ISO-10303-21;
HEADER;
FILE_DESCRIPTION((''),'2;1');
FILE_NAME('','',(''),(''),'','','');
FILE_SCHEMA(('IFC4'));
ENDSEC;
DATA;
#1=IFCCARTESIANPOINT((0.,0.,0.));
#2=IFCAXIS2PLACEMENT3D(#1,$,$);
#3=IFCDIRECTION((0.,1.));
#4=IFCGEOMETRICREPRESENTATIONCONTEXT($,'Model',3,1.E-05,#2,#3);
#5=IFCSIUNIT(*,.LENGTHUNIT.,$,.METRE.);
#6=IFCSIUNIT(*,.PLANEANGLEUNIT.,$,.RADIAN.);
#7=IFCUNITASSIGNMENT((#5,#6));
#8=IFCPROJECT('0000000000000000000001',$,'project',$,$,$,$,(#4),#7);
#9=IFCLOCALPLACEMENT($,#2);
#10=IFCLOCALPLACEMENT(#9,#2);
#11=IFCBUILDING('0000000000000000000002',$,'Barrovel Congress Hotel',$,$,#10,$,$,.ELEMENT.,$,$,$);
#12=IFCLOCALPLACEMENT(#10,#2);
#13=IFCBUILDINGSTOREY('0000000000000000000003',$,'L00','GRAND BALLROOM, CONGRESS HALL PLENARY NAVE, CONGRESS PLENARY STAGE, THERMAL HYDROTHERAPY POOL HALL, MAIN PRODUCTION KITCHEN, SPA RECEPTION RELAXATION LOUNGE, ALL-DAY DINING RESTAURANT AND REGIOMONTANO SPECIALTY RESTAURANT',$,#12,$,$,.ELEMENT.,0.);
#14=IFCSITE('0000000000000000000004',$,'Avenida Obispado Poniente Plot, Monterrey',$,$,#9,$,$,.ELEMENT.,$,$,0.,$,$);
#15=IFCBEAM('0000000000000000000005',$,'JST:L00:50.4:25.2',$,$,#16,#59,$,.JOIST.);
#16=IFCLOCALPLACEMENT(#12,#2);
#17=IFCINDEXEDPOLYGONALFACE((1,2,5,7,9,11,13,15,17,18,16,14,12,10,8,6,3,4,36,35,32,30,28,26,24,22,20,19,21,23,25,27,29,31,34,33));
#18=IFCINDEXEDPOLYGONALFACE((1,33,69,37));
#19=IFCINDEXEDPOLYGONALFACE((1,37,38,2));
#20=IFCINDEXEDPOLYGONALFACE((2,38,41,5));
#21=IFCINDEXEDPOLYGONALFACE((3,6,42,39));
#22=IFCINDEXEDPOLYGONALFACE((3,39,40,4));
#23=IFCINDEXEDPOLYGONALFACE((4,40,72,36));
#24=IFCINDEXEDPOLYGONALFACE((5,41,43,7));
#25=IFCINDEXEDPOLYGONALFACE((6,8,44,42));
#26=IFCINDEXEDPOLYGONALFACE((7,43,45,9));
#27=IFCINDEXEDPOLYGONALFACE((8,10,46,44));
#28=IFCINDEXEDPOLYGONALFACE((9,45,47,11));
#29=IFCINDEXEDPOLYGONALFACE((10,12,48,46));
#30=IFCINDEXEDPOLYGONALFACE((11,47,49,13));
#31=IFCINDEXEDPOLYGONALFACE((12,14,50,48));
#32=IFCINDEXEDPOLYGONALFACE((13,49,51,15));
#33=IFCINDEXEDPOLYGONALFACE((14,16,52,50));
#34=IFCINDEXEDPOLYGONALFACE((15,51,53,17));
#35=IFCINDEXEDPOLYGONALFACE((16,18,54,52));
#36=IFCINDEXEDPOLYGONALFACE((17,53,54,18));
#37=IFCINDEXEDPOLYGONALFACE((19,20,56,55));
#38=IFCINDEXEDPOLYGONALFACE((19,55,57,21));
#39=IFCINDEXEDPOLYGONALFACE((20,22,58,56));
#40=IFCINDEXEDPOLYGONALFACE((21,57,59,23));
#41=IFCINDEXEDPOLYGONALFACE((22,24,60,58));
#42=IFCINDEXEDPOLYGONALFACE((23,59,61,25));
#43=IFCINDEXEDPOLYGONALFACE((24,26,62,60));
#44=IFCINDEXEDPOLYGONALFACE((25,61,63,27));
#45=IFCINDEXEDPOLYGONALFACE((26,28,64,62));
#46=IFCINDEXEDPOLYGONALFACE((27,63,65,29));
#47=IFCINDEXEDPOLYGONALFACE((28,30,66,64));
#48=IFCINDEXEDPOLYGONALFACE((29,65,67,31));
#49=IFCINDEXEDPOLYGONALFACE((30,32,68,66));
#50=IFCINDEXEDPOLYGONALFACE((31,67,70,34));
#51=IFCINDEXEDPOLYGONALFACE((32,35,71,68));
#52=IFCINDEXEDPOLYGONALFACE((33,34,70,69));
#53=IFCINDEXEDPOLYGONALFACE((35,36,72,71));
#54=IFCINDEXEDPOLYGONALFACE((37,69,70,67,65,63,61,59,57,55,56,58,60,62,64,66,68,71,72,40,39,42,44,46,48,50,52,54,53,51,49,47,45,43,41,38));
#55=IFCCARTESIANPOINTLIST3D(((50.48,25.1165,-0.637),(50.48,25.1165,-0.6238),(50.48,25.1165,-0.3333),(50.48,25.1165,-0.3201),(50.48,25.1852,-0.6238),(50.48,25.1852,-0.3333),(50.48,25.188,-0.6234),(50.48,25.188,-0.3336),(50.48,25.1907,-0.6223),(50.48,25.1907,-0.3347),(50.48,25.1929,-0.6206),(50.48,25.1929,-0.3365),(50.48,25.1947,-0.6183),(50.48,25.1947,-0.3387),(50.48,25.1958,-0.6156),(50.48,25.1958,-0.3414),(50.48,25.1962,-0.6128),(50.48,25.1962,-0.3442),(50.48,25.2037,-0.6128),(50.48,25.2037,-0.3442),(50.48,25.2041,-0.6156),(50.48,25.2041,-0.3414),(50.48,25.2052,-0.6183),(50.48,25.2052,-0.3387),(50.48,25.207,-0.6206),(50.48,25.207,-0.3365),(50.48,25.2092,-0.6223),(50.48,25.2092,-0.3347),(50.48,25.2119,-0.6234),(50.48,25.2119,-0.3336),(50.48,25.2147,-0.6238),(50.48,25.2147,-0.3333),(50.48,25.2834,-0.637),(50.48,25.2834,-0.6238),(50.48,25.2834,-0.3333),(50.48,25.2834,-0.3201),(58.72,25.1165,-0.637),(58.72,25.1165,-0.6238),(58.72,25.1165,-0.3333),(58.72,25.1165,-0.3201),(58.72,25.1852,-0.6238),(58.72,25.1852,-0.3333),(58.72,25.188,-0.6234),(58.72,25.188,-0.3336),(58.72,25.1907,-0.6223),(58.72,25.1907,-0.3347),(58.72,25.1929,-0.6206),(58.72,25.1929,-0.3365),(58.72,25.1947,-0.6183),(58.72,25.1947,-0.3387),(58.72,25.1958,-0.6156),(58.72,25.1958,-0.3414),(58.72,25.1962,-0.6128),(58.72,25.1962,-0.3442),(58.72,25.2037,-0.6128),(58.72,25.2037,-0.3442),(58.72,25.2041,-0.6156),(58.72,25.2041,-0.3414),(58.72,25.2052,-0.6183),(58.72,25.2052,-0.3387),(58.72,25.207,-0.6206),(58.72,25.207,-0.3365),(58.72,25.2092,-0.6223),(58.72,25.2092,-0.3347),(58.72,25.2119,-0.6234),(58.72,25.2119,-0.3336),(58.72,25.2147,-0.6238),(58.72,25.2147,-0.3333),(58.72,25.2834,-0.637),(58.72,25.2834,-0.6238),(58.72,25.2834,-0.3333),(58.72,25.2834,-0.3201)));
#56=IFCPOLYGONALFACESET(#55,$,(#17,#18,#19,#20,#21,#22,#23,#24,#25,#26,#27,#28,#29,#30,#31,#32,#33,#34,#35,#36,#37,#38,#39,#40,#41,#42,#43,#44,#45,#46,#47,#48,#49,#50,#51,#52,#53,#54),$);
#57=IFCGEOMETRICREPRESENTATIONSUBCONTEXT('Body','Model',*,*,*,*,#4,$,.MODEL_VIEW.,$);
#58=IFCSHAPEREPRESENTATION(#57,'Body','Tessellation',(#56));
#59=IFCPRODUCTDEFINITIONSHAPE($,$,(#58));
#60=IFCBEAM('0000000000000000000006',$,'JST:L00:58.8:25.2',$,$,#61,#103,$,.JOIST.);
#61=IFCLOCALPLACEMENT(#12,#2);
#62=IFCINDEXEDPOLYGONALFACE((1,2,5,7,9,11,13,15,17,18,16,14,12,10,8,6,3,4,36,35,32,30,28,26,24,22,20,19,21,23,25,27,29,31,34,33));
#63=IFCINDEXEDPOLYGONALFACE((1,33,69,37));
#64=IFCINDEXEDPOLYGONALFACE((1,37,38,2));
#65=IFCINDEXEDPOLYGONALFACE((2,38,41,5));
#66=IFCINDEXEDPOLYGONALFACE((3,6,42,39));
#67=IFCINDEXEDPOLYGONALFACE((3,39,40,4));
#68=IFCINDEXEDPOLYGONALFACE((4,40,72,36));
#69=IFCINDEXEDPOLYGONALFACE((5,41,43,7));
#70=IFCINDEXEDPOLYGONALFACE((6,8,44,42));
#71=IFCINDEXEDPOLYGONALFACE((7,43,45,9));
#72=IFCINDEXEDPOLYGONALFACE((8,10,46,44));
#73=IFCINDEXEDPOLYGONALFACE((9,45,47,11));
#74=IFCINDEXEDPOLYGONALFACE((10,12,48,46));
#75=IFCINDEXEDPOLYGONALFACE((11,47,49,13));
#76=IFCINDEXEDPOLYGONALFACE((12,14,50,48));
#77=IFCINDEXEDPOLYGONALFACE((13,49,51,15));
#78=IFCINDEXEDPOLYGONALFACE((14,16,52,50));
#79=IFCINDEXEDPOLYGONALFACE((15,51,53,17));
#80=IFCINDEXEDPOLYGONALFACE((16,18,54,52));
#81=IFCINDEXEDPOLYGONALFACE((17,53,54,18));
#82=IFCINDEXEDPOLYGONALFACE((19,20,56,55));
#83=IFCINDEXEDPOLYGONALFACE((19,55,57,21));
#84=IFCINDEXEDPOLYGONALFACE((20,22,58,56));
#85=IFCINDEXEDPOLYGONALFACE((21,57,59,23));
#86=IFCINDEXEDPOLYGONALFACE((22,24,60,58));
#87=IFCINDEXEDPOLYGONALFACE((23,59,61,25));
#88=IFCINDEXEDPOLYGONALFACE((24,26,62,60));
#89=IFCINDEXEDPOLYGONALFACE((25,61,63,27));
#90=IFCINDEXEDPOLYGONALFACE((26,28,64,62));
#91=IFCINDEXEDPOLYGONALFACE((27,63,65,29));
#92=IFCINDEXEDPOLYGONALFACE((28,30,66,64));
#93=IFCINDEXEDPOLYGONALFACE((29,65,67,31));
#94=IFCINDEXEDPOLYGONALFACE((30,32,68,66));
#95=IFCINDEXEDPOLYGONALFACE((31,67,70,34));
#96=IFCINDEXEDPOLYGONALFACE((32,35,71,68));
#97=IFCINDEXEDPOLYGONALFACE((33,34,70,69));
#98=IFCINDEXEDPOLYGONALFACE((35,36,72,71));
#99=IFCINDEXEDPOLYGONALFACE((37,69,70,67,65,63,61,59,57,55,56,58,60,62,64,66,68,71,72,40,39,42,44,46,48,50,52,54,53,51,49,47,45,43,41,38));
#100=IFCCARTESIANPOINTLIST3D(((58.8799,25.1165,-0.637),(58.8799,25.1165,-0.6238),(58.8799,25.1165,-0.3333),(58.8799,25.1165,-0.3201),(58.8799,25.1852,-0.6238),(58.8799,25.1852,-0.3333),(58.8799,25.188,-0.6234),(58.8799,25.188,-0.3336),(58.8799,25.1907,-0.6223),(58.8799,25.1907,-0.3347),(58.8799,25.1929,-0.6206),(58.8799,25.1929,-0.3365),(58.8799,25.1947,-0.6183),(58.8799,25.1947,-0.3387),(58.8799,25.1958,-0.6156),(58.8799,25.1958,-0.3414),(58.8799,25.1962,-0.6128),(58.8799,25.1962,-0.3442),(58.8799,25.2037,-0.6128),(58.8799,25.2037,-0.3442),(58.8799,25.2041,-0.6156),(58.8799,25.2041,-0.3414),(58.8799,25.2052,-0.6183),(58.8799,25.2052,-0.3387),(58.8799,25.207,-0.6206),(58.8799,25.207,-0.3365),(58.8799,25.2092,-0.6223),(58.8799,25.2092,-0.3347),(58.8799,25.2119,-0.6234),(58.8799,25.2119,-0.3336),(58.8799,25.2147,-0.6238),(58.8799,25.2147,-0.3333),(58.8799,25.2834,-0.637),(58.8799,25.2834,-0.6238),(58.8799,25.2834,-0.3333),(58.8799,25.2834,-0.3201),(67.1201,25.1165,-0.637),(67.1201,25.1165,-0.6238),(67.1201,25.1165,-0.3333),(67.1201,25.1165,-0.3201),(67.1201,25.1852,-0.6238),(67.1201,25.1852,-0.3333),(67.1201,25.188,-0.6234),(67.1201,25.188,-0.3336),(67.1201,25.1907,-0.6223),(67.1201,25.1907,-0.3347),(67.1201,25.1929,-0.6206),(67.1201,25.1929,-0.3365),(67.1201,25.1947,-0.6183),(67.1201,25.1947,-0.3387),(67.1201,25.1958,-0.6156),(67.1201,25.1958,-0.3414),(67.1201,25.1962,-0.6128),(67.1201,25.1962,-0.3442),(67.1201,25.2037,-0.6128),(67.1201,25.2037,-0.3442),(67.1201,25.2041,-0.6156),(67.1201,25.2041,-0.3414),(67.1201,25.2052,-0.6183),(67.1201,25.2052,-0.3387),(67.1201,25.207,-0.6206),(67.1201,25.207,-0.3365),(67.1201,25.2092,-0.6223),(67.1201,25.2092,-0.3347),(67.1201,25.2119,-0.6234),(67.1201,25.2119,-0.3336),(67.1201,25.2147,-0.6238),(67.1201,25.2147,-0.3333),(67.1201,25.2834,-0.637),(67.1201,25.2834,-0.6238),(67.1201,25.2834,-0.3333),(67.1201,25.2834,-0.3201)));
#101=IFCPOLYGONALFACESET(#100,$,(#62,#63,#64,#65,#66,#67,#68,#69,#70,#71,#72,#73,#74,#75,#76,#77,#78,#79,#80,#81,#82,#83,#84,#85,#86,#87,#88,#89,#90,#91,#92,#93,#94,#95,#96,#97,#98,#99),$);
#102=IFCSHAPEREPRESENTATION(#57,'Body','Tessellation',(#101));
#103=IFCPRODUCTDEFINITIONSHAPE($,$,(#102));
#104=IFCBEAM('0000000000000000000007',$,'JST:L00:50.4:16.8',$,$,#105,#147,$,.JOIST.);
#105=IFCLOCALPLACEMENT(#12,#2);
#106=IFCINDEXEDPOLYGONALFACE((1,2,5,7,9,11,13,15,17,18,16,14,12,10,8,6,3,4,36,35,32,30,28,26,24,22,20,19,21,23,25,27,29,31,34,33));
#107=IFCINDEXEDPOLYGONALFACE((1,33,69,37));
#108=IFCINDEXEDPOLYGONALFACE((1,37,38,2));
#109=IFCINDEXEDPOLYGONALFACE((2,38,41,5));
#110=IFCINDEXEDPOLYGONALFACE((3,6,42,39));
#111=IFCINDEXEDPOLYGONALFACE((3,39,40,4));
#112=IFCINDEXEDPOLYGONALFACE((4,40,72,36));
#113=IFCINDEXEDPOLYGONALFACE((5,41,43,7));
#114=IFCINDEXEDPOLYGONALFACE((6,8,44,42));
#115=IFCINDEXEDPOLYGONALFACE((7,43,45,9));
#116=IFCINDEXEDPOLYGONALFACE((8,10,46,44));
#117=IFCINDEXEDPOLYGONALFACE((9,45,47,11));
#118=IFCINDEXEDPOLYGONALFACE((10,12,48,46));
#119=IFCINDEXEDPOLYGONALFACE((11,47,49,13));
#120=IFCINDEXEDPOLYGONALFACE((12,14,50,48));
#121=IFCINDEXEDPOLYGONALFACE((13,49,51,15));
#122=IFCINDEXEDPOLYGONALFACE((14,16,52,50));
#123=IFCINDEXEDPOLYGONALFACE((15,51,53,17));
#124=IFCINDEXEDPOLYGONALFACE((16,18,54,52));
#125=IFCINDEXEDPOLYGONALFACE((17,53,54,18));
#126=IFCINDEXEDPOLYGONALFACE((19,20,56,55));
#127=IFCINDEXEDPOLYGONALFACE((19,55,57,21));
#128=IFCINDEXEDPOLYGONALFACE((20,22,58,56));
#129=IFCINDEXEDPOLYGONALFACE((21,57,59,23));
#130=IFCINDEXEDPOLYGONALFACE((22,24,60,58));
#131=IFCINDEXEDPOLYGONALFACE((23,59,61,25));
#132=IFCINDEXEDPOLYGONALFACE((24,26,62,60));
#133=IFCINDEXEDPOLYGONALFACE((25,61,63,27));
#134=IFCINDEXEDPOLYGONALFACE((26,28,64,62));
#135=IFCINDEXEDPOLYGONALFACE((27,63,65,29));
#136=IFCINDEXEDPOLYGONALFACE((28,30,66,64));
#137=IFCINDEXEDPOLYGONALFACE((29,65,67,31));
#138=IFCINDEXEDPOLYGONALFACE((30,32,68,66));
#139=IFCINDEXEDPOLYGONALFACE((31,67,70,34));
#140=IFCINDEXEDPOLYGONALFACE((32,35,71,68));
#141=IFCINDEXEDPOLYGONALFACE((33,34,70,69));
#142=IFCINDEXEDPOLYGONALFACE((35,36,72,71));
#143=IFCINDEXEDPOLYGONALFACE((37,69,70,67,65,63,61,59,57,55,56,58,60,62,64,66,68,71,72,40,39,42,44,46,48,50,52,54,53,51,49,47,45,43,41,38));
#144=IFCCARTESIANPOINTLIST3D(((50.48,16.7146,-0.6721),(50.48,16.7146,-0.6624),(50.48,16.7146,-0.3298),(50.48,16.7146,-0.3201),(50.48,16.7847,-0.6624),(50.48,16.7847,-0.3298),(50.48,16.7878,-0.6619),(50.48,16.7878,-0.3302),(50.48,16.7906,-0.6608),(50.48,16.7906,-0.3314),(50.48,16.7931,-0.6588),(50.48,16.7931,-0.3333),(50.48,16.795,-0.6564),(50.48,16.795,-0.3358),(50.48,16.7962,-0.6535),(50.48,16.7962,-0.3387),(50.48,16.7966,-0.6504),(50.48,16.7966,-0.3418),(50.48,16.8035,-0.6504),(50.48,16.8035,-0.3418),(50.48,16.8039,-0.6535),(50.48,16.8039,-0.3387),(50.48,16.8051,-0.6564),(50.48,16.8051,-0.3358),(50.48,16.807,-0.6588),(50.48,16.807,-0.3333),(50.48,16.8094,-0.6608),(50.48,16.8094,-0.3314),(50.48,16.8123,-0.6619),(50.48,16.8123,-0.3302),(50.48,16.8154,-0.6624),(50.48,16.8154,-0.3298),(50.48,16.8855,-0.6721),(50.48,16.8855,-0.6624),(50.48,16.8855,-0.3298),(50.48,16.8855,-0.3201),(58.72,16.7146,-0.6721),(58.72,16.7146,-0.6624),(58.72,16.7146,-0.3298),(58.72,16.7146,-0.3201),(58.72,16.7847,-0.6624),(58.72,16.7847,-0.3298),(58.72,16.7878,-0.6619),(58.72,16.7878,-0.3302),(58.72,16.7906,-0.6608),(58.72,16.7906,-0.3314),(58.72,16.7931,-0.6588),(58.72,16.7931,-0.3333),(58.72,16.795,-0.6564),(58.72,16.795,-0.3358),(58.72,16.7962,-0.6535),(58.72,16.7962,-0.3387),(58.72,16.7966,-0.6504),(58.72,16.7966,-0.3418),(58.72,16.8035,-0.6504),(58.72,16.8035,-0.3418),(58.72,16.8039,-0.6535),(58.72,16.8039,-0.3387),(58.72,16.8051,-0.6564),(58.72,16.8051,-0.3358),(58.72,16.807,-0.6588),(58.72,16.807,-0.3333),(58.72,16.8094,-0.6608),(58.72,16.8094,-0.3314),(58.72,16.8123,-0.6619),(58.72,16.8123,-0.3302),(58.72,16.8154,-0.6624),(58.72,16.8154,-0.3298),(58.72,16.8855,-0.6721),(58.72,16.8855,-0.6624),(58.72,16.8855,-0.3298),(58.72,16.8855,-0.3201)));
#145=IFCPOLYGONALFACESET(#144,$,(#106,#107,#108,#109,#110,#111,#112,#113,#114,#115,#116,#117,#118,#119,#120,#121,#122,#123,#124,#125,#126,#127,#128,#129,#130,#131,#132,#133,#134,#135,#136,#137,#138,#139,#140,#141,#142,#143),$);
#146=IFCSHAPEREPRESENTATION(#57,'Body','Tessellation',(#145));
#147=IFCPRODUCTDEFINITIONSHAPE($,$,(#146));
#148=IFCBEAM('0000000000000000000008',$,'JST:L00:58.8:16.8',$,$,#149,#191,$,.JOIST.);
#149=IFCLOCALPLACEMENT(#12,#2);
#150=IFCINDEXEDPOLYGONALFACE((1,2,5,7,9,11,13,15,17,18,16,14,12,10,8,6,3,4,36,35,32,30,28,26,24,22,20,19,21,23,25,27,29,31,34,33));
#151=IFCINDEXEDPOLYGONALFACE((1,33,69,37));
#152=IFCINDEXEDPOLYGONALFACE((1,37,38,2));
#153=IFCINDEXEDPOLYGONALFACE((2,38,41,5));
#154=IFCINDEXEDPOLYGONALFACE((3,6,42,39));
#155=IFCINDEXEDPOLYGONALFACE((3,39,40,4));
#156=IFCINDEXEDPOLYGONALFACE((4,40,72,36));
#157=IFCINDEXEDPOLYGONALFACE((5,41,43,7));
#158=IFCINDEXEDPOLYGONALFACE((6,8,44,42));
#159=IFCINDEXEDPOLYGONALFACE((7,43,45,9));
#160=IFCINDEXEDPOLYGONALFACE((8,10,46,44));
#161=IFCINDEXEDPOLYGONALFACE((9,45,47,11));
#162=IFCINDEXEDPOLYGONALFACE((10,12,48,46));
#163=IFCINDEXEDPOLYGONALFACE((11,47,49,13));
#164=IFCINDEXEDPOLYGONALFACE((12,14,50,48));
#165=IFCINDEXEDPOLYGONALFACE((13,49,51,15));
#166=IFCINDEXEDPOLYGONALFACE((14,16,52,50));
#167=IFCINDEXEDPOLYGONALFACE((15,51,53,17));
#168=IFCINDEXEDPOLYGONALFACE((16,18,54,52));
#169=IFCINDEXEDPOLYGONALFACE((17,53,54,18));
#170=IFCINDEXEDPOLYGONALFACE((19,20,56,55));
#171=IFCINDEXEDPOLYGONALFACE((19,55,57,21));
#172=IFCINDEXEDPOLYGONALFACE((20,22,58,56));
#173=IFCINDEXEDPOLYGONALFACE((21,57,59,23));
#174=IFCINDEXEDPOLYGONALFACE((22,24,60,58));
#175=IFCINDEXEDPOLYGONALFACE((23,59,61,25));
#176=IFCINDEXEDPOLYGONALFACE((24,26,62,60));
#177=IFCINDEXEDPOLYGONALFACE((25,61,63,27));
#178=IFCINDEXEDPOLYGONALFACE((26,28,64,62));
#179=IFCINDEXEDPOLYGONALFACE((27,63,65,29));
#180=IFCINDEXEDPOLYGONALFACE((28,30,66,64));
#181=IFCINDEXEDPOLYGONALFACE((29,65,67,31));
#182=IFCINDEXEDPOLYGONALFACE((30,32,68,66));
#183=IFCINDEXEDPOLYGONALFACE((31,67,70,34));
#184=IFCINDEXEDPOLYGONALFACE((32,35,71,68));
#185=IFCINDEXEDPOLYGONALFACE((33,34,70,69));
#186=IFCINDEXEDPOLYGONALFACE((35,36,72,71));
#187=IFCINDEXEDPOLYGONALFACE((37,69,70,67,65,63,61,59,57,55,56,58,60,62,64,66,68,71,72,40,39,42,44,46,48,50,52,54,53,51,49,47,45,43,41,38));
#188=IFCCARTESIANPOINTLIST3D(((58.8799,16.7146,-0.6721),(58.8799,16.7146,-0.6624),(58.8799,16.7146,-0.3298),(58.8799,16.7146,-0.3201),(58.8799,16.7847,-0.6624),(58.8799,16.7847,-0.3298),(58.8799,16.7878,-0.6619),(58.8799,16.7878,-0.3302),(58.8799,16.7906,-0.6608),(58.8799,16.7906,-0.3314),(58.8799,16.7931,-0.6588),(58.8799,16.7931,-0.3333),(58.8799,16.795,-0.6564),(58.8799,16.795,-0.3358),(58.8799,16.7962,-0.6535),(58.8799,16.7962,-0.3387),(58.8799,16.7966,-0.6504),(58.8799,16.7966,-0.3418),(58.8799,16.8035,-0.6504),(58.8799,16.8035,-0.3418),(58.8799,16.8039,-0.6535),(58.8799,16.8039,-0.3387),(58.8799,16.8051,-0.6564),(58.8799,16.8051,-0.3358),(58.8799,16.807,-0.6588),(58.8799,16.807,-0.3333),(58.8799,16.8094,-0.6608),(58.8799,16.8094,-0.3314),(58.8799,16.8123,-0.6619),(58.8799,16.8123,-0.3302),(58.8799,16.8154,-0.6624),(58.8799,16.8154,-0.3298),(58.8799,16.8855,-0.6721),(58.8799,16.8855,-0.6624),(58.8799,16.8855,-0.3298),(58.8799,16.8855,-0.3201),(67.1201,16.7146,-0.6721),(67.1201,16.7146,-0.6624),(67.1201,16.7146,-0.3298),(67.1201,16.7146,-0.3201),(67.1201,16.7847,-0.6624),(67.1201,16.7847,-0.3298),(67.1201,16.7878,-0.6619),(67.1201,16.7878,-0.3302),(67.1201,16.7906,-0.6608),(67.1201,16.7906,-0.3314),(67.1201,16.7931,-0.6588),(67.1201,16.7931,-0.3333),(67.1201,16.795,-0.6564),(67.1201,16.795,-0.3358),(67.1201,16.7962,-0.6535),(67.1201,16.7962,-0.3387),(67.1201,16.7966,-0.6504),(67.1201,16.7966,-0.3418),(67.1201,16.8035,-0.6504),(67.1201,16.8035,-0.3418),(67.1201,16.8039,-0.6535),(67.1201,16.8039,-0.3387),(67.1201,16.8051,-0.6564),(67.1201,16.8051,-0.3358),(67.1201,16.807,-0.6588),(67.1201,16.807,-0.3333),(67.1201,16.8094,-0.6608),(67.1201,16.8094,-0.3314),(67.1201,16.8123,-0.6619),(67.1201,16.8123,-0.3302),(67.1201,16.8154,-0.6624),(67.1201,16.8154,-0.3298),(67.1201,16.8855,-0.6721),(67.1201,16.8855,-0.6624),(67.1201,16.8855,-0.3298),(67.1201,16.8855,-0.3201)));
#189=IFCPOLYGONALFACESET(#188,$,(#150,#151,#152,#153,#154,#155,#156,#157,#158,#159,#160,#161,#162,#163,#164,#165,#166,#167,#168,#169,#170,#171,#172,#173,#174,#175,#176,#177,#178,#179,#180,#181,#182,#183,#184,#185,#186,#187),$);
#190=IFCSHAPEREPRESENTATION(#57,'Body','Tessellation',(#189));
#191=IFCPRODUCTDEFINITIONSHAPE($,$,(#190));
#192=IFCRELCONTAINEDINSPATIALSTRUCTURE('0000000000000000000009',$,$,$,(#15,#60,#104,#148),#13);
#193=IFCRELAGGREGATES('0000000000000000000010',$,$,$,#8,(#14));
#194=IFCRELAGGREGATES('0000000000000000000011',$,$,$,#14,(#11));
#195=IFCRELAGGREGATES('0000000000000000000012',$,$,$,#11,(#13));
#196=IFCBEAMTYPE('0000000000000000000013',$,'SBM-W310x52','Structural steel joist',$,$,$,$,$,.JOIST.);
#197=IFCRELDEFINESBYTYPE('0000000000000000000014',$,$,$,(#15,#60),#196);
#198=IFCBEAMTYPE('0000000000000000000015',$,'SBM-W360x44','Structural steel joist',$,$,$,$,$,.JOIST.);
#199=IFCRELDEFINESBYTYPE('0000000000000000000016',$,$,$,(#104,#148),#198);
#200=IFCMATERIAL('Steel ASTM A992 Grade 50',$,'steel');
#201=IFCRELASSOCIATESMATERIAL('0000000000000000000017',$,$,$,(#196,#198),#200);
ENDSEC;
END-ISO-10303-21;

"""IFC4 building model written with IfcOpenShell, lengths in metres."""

from ifc_helpers import new_model, si_unit, direction, frame, origin, origin_2d, place, context, subcontext, project, spatial, i_section, extrude, material, material_profile, profile_set, type_object, element, save


model = new_model("IFC4")

# Units and contexts
model_context = context("Model", 3, precision=1e-05, world=origin(), true_north=direction((0.0, 1.0)))
body_context = subcontext(model_context, "Body", "Model", "MODEL_VIEW")
ifc_project = project(units=[si_unit("LENGTHUNIT", "METRE"), si_unit("PLANEANGLEUNIT", "RADIAN")], contexts=[model_context])

# Site, building, storey
site_placement = place(None, origin())
site = spatial("IfcSite", under=ifc_project, at=site_placement, Name="Avenida Obispado Poniente Plot, Monterrey", CompositionType="ELEMENT", RefElevation=0.0)
building_placement = place(site_placement, origin())
building = spatial("IfcBuilding", under=site, at=building_placement, Name="Barrovel Congress Hotel", CompositionType="ELEMENT")
storey_placement = place(building_placement, origin())
storey = spatial("IfcBuildingStorey", under=building, at=storey_placement, Name="L00", Description="GRAND BALLROOM, CONGRESS HALL PLENARY NAVE, CONGRESS PLENARY STAGE, THERMAL HYDROTHERAPY POOL HALL, MAIN PRODUCTION KITCHEN, SPA RECEPTION RELAXATION LOUNGE, ALL-DAY DINING RESTAURANT AND REGIOMONTANO SPECIALTY RESTAURANT", CompositionType="ELEMENT", Elevation=0.0)

# Beams
ifc_material_1 = material(Name="Steel ASTM A992 Grade 50", Category="steel")
ifc_material_profile_1 = material_profile(ifc_material_1, i_section(OverallWidth=0.167, OverallDepth=0.3169, WebThickness=0.0076, FlangeThickness=0.0132, FilletRadius=0.011, at=origin_2d()), Name="W310x52")
ifc_profile_set_1 = profile_set([ifc_material_profile_1], Name="Steel ASTM A992 Grade 50")
beam_type_1 = type_object("IfcBeamType", Name="SBM-W310x52", Description="Structural steel joist", PredefinedType="JOIST", material=ifc_profile_set_1)
beam_1_placement = place(storey_placement, frame((50.48, 25.2, -0.4785), z_axis=(1.0, 0.0, 0.0), x_axis=(0.0, 1.0, 0.0)))
element("IfcBeam", 1, at=beam_1_placement, inside=storey, type_object=beam_type_1, Name="JST:L00:50.4:25.2", PredefinedType="JOIST", context=body_context, shape_type="SweptSolid", body=[
    extrude(i_section(OverallWidth=0.167, OverallDepth=0.3169, WebThickness=0.0076, FlangeThickness=0.0132, FilletRadius=0.011, at=origin_2d()), origin(), (0.0, 0.0, 1.0), 8.24),
])
beam_2_placement = place(storey_placement, frame((58.8799, 25.2, -0.4785), z_axis=(1.0, 0.0, 0.0), x_axis=(0.0, 1.0, 0.0)))
element("IfcBeam", 2, at=beam_2_placement, inside=storey, type_object=beam_type_1, Name="JST:L00:58.8:25.2", PredefinedType="JOIST", context=body_context, shape_type="SweptSolid", body=[
    extrude(i_section(OverallWidth=0.167, OverallDepth=0.3169, WebThickness=0.0076, FlangeThickness=0.0132, FilletRadius=0.011, at=origin_2d()), origin(), (0.0, 0.0, 1.0), 8.2402),
])
ifc_material_profile_2 = material_profile(ifc_material_1, i_section(OverallWidth=0.1709, OverallDepth=0.3521, WebThickness=0.0068, FlangeThickness=0.0098, FilletRadius=0.012, at=origin_2d()), Name="W360x44")
ifc_profile_set_2 = profile_set([ifc_material_profile_2], Name="Steel ASTM A992 Grade 50")
beam_type_2 = type_object("IfcBeamType", Name="SBM-W360x44", Description="Structural steel joist", PredefinedType="JOIST", material=ifc_profile_set_2)
beam_3_placement = place(storey_placement, frame((50.48, 16.8, -0.4961), z_axis=(1.0, 0.0, 0.0), x_axis=(0.0, 1.0, 0.0)))
element("IfcBeam", 3, at=beam_3_placement, inside=storey, type_object=beam_type_2, Name="JST:L00:50.4:16.8", PredefinedType="JOIST", context=body_context, shape_type="SweptSolid", body=[
    extrude(i_section(OverallWidth=0.1709, OverallDepth=0.3521, WebThickness=0.0068, FlangeThickness=0.0098, FilletRadius=0.012, at=origin_2d()), origin(), (0.0, 0.0, 1.0), 8.24),
])
beam_4_placement = place(storey_placement, frame((58.8799, 16.8, -0.4961), z_axis=(1.0, 0.0, 0.0), x_axis=(0.0, 1.0, 0.0)))
element("IfcBeam", 4, at=beam_4_placement, inside=storey, type_object=beam_type_2, Name="JST:L00:58.8:16.8", PredefinedType="JOIST", context=body_context, shape_type="SweptSolid", body=[
    extrude(i_section(OverallWidth=0.1709, OverallDepth=0.3521, WebThickness=0.0068, FlangeThickness=0.0098, FilletRadius=0.012, at=origin_2d()), origin(), (0.0, 0.0, 1.0), 8.2402),
])

save(model, "model.ifc")
